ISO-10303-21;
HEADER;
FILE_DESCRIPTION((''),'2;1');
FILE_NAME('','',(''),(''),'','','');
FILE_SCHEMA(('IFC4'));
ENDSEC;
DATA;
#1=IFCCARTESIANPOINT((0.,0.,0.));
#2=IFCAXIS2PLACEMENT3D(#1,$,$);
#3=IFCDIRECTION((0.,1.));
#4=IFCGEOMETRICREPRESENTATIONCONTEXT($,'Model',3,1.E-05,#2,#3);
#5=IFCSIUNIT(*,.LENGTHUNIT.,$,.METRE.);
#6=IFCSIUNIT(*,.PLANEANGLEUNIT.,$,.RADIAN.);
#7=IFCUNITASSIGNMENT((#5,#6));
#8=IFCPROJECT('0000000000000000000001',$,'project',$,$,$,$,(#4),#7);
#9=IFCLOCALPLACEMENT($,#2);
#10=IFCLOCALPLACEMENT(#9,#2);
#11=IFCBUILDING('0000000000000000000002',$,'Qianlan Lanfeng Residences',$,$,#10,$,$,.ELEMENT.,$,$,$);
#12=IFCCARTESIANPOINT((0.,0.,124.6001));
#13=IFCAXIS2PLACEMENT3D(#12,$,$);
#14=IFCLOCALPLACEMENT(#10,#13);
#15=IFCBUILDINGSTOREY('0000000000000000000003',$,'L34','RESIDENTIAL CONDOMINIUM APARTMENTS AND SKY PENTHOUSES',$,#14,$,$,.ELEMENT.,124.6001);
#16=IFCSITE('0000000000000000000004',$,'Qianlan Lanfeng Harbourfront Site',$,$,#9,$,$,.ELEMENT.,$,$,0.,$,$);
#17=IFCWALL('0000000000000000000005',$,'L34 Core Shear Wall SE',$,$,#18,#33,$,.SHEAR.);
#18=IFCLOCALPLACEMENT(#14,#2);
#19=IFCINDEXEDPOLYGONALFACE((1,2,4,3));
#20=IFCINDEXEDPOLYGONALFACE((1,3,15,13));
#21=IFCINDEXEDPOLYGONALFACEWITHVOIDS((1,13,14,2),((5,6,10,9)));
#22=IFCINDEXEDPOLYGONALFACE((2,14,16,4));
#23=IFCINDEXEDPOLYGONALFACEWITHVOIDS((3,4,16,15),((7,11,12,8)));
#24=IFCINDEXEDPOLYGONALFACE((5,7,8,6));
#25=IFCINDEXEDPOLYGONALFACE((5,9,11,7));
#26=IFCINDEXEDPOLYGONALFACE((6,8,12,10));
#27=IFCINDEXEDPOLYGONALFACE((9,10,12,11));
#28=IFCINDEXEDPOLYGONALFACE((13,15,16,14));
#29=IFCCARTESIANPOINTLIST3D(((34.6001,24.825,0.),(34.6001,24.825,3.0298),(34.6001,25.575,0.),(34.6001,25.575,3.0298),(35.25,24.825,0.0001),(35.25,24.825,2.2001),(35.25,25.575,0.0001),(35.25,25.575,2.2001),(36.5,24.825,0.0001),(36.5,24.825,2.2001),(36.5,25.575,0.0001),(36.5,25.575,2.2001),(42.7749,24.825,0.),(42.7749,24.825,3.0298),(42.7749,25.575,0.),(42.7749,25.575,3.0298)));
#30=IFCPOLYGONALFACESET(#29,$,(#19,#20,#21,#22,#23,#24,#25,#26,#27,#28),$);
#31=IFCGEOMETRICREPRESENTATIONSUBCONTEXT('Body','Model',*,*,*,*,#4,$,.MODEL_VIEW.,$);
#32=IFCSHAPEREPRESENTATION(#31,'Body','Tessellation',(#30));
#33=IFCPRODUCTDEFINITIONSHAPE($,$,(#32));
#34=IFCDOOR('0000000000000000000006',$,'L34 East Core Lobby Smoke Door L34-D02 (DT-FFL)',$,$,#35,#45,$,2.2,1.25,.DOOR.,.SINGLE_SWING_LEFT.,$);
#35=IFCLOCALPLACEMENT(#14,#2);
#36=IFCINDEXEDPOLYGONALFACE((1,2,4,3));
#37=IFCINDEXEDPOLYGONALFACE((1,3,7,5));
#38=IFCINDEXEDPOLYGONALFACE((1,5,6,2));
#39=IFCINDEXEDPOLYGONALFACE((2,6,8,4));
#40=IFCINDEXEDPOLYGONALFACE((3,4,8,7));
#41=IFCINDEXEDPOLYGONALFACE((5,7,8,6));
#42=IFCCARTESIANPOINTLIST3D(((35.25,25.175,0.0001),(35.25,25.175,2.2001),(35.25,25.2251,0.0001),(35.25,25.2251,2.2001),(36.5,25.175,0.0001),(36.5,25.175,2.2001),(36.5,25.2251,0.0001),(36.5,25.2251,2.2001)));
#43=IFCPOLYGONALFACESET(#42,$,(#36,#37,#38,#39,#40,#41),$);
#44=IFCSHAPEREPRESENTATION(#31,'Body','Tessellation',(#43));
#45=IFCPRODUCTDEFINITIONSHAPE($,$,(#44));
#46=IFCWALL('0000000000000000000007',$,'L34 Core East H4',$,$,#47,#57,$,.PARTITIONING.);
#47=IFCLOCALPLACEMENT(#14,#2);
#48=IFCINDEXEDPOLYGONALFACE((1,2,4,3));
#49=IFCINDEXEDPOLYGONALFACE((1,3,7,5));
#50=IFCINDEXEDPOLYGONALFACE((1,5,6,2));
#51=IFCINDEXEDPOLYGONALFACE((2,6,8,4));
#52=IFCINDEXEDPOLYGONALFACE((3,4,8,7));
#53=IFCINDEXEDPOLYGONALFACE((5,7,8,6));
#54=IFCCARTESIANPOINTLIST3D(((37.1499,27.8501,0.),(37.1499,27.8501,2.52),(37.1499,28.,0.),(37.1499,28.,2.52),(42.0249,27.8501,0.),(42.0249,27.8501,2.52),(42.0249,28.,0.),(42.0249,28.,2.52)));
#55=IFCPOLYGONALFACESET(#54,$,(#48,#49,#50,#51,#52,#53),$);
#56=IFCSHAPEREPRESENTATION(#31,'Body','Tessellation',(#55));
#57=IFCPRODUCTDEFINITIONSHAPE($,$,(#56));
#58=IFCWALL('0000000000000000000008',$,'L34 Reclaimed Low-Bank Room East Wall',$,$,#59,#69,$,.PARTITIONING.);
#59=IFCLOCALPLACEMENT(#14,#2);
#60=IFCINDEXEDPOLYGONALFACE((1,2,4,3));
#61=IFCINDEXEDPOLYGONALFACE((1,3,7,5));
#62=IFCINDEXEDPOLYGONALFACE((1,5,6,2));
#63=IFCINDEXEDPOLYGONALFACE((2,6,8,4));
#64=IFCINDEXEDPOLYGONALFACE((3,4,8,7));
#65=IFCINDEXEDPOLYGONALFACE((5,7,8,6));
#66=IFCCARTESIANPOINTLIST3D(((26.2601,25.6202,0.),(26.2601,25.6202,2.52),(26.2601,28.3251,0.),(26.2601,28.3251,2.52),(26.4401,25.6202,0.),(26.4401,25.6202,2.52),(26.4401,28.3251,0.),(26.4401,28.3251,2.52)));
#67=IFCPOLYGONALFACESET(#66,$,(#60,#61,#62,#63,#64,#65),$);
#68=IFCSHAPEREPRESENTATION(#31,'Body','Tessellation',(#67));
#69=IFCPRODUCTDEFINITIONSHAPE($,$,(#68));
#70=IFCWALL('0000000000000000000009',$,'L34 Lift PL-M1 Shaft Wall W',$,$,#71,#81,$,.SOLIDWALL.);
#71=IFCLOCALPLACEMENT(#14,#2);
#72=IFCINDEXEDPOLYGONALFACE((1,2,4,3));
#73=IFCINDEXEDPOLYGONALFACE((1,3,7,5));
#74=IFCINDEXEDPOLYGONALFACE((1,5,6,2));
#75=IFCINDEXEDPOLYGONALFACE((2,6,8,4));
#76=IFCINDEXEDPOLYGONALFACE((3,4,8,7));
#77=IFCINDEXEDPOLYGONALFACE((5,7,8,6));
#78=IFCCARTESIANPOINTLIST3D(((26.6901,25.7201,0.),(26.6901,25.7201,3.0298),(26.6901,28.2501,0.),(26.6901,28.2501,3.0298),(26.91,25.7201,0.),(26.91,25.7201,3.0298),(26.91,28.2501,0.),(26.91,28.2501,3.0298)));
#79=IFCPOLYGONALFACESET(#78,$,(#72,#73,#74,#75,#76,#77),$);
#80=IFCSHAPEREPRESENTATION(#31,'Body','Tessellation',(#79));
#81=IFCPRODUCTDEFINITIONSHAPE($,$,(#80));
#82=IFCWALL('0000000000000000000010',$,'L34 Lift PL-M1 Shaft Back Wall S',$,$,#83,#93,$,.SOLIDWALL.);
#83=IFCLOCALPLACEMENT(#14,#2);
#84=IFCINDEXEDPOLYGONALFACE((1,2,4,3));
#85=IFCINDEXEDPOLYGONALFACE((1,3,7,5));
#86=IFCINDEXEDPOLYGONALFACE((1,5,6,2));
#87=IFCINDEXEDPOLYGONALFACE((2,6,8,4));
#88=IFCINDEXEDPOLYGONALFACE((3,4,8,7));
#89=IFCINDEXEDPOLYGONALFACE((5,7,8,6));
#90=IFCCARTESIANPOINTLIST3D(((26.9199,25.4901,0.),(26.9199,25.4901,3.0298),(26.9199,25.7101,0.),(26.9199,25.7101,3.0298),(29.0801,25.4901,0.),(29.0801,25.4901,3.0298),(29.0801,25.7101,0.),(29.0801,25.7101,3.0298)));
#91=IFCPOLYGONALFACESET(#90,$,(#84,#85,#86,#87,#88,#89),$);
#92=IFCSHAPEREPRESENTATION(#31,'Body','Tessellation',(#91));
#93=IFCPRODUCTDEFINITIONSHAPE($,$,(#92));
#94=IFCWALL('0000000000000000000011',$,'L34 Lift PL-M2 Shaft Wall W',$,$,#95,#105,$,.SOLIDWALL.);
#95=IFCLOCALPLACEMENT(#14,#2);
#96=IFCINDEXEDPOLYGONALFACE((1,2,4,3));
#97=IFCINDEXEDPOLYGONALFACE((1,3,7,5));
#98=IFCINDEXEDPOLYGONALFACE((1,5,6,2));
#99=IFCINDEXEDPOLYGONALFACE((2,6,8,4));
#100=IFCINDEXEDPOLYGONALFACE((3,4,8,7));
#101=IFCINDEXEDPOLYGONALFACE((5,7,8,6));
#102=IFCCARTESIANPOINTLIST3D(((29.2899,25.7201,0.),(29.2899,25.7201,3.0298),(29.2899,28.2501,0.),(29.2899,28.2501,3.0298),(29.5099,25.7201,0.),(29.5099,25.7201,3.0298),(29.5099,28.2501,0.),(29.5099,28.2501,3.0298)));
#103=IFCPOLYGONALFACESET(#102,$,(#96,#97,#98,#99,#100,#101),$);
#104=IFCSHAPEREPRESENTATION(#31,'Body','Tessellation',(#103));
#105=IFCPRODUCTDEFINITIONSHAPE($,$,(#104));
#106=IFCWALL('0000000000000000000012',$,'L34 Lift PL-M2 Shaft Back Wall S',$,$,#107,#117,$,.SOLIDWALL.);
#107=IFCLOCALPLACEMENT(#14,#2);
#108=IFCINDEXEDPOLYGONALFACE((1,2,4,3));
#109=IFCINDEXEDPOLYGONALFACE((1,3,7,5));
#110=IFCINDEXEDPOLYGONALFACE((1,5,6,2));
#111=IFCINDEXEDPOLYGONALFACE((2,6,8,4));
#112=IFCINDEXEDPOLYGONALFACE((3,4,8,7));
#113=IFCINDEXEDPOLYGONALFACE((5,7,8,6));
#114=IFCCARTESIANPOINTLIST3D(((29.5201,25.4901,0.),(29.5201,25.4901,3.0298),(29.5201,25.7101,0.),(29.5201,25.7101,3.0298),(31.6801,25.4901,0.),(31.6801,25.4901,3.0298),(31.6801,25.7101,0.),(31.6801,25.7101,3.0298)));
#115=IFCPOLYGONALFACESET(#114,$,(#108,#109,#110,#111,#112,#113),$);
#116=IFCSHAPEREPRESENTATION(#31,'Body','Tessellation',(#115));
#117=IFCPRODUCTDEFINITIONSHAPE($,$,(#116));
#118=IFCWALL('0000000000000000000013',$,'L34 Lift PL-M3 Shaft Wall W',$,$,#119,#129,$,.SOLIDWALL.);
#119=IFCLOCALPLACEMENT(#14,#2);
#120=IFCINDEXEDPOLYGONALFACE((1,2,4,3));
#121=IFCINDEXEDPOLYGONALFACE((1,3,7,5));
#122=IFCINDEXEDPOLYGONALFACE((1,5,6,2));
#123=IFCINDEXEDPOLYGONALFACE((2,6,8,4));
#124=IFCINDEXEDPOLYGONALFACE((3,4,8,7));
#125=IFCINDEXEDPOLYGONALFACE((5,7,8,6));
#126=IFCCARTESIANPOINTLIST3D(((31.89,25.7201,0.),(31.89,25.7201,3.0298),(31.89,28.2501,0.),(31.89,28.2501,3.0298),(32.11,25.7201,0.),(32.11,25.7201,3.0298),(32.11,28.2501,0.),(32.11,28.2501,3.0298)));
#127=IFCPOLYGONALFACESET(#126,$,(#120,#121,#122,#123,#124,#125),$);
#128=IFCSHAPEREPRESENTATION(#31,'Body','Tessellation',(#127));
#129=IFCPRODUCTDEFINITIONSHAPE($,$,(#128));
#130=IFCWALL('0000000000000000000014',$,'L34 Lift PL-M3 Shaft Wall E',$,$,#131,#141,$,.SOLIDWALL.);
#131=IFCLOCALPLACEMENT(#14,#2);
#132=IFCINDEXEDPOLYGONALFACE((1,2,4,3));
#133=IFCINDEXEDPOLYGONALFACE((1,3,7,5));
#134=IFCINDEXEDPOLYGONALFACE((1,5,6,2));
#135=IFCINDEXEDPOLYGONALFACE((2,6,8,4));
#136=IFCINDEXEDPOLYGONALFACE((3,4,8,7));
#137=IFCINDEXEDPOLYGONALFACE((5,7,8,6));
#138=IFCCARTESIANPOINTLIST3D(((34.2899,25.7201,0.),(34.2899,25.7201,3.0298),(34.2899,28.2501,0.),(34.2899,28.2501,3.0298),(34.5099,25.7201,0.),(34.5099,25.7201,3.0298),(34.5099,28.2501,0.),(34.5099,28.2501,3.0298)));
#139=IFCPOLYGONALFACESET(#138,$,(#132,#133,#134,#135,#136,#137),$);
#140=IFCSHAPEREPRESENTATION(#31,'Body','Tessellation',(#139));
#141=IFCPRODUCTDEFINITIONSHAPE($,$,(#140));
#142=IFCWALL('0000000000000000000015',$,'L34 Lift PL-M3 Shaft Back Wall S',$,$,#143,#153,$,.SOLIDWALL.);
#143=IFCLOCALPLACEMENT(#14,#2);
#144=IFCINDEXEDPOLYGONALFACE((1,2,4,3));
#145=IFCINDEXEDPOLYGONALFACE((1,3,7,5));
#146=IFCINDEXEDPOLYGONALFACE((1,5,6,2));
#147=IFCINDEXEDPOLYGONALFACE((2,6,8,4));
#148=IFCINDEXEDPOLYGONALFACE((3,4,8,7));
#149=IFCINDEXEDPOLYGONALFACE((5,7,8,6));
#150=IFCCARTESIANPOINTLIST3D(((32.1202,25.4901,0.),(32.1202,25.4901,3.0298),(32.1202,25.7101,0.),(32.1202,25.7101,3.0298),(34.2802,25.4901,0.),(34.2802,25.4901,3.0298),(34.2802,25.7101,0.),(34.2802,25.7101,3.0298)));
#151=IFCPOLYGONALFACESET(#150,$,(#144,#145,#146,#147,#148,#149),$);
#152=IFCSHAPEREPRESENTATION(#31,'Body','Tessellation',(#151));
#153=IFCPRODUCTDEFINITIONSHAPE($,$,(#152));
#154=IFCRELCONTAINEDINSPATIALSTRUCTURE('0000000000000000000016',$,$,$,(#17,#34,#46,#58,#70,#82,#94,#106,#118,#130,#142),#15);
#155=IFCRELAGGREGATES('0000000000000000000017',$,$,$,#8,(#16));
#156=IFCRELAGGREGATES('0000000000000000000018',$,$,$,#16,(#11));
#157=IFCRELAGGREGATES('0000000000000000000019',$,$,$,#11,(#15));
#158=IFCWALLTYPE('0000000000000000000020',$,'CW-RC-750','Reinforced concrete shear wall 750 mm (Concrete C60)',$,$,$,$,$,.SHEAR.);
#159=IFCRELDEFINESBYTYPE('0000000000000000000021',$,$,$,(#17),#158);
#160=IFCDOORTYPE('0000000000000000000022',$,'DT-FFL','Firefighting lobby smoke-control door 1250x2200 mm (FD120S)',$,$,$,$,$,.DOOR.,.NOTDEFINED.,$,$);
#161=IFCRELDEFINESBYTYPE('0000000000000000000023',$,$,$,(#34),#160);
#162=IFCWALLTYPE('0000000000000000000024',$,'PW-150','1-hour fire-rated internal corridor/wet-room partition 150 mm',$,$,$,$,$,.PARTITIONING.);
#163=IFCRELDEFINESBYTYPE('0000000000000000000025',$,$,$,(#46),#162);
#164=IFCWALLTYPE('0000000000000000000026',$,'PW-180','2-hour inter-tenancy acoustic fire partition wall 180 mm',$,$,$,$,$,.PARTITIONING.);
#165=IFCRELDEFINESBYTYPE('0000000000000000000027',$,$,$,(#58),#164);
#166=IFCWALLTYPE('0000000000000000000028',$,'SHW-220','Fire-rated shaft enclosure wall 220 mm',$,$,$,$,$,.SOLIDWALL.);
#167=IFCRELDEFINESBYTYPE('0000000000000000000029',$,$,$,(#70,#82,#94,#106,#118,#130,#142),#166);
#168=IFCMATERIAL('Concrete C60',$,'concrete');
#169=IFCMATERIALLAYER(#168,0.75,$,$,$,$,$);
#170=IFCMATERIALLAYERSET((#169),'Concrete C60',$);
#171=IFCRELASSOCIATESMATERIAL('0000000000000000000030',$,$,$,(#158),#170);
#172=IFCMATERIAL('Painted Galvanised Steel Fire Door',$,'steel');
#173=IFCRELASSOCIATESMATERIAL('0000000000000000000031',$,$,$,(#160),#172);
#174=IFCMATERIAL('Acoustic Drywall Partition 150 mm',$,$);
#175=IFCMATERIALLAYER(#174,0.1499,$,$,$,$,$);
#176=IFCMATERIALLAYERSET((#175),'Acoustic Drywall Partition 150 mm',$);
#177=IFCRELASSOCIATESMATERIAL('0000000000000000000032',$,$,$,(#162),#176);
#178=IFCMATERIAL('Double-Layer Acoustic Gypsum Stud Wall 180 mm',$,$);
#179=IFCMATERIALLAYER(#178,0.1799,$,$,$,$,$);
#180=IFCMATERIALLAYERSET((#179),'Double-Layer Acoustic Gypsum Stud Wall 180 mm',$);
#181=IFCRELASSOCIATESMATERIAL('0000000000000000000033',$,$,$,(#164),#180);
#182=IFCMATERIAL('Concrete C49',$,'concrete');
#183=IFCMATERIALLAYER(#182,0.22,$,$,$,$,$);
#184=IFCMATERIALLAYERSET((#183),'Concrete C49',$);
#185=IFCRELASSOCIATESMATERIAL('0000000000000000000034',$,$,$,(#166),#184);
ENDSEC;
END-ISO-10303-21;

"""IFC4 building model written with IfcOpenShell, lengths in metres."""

from ifc_helpers import new_model, si_unit, direction, frame, frame_2d, origin, place, context, subcontext, project, spatial, rectangle, extrude, material, layer, layer_set, type_object, element, fill, save


model = new_model("IFC4")

# Units and contexts
model_context = context("Model", 3, precision=1e-05, world=origin(), true_north=direction((0.0, 1.0)))
body_context = subcontext(model_context, "Body", "Model", "MODEL_VIEW")
ifc_project = project(units=[si_unit("LENGTHUNIT", "METRE"), si_unit("PLANEANGLEUNIT", "RADIAN")], contexts=[model_context])

# Site, building, storey
site_placement = place(None, origin())
site = spatial("IfcSite", under=ifc_project, at=site_placement, Name="Qianlan Lanfeng Harbourfront Site", CompositionType="ELEMENT", RefElevation=0.0)
building_placement = place(site_placement, origin())
building = spatial("IfcBuilding", under=site, at=building_placement, Name="Qianlan Lanfeng Residences", CompositionType="ELEMENT")
storey_placement = place(building_placement, frame((0.0, 0.0, 124.6001)))
storey = spatial("IfcBuildingStorey", under=building, at=storey_placement, Name="L34", Description="RESIDENTIAL CONDOMINIUM APARTMENTS AND SKY PENTHOUSES", CompositionType="ELEMENT", Elevation=124.6001)

# Wall, opening, door
ifc_material_1 = material(Name="Concrete C60", Category="concrete")
ifc_layer_1 = layer(ifc_material_1, 0.75)
ifc_layer_set_1 = layer_set([ifc_layer_1], Name="Concrete C60")
wall_type_1 = type_object("IfcWallType", Name="CW-RC-750", Description="Reinforced concrete shear wall 750 mm (Concrete C60)", PredefinedType="SHEAR", material=ifc_layer_set_1)
wall_1_placement = place(storey_placement, frame((34.6001, 25.2, 0.0), z_axis=(0.0, 0.0, 1.0), x_axis=(1.0, 0.0, 0.0)))
wall_1 = element("IfcWall", 1, at=wall_1_placement, inside=storey, type_object=wall_type_1, Name="L34 Core Shear Wall SE", PredefinedType="SHEAR", context=body_context, shape_type="SweptSolid", body=[
    extrude(rectangle(XDim=8.1748, YDim=0.75, at=frame_2d((4.0874, 0.0))), origin(), (0.0, 0.0, 1.0), 3.0298),
])
opening_1_placement = place(wall_1_placement, frame((0.6499, 0.0, 0.0)))
opening_1 = element("IfcOpeningElement", 2, at=opening_1_placement, cuts=wall_1, PredefinedType="OPENING", context=body_context, shape_type="SweptSolid", body=[
    extrude(rectangle(XDim=1.25, YDim=2.2, at=frame_2d((0.625, 1.1001))), frame((0.0, 0.385, 0.0), z_axis=(0.0, -1.0, 0.0), x_axis=(1.0, 0.0, 0.0)), (0.0, 0.0, 1.0), 0.77),
])
ifc_material_2 = material(Name="Painted Galvanised Steel Fire Door", Category="steel")
door_type_1 = type_object("IfcDoorType", Name="DT-FFL", Description="Firefighting lobby smoke-control door 1250x2200 mm (FD120S)", OperationType="NOTDEFINED", PredefinedType="DOOR", material=ifc_material_2)
door_1_placement = place(opening_1_placement, frame((1.25, 0.0, 0.0), z_axis=(0.0, 0.0, 1.0), x_axis=(-1.0, 0.0, 0.0)))
door_1 = element("IfcDoor", 3, at=door_1_placement, inside=storey, type_object=door_type_1, Name="L34 East Core Lobby Smoke Door L34-D02 (DT-FFL)", OperationType="SINGLE_SWING_LEFT", OverallHeight=2.2, OverallWidth=1.25, PredefinedType="DOOR", context=body_context, shape_type="SweptSolid", body=[
    extrude(rectangle(XDim=1.25, YDim=2.2, at=frame_2d((0.625, 1.1001))), frame((0.0, 0.0249, 0.0), z_axis=(0.0, -1.0, 0.0), x_axis=(1.0, 0.0, 0.0)), (0.0, 0.0, 1.0), 0.05),
])
fill(opening_1, door_1)

# Wall
ifc_material_3 = material(Name="Acoustic Drywall Partition 150 mm")
ifc_layer_2 = layer(ifc_material_3, 0.1499)
ifc_layer_set_2 = layer_set([ifc_layer_2], Name="Acoustic Drywall Partition 150 mm")
wall_type_2 = type_object("IfcWallType", Name="PW-150", Description="1-hour fire-rated internal corridor/wet-room partition 150 mm", PredefinedType="PARTITIONING", material=ifc_layer_set_2)
wall_2_placement = place(storey_placement, frame((37.1499, 27.925, 0.0), z_axis=(0.0, 0.0, 1.0), x_axis=(1.0, 0.0, 0.0)))
element("IfcWall", 4, at=wall_2_placement, inside=storey, type_object=wall_type_2, Name="L34 Core East H4", PredefinedType="PARTITIONING", context=body_context, shape_type="SweptSolid", body=[
    extrude(rectangle(XDim=4.875, YDim=0.1499, at=frame_2d((2.4375, 0.0))), origin(), (0.0, 0.0, 1.0), 2.52),
])

# Shared definitions
ifc_material_4 = material(Name="Double-Layer Acoustic Gypsum Stud Wall 180 mm")
ifc_layer_3 = layer(ifc_material_4, 0.1799)
ifc_layer_set_3 = layer_set([ifc_layer_3], Name="Double-Layer Acoustic Gypsum Stud Wall 180 mm")
wall_type_3 = type_object("IfcWallType", Name="PW-180", Description="2-hour inter-tenancy acoustic fire partition wall 180 mm", PredefinedType="PARTITIONING", material=ifc_layer_set_3)

# Walls
wall_3_placement = place(storey_placement, frame((26.3501, 25.6201, 0.0), z_axis=(0.0, 0.0, 1.0), x_axis=(0.0, 1.0, 0.0)))
element("IfcWall", 5, at=wall_3_placement, inside=storey, type_object=wall_type_3, Name="L34 Reclaimed Low-Bank Room East Wall", PredefinedType="PARTITIONING", context=body_context, shape_type="SweptSolid", body=[
    extrude(rectangle(XDim=2.7048, YDim=0.1799, at=frame_2d((1.3525, 0.0))), origin(), (0.0, 0.0, 1.0), 2.52),
])
ifc_material_5 = material(Name="Concrete C49", Category="concrete")
ifc_layer_4 = layer(ifc_material_5, 0.22)
ifc_layer_set_4 = layer_set([ifc_layer_4], Name="Concrete C49")
wall_type_4 = type_object("IfcWallType", Name="SHW-220", Description="Fire-rated shaft enclosure wall 220 mm", PredefinedType="SOLIDWALL", material=ifc_layer_set_4)
wall_4_placement = place(storey_placement, frame((26.8, 25.72, 0.0), z_axis=(0.0, 0.0, 1.0), x_axis=(0.0, 1.0, 0.0)))
element("IfcWall", 6, at=wall_4_placement, inside=storey, type_object=wall_type_4, Name="L34 Lift PL-M1 Shaft Wall W", PredefinedType="SOLIDWALL", context=body_context, shape_type="SweptSolid", body=[
    extrude(rectangle(XDim=2.53, YDim=0.22, at=frame_2d((1.2651, 0.0))), origin(), (0.0, 0.0, 1.0), 3.0298),
])
wall_5_placement = place(storey_placement, frame((26.9199, 25.6001, 0.0), z_axis=(0.0, 0.0, 1.0), x_axis=(1.0, 0.0, 0.0)))
element("IfcWall", 7, at=wall_5_placement, inside=storey, type_object=wall_type_4, Name="L34 Lift PL-M1 Shaft Back Wall S", PredefinedType="SOLIDWALL", context=body_context, shape_type="SweptSolid", body=[
    extrude(rectangle(XDim=2.1602, YDim=0.22, at=frame_2d((1.0801, 0.0))), origin(), (0.0, 0.0, 1.0), 3.0298),
])
wall_6_placement = place(storey_placement, frame((29.3999, 25.72, 0.0), z_axis=(0.0, 0.0, 1.0), x_axis=(0.0, 1.0, 0.0)))
element("IfcWall", 8, at=wall_6_placement, inside=storey, type_object=wall_type_4, Name="L34 Lift PL-M2 Shaft Wall W", PredefinedType="SOLIDWALL", context=body_context, shape_type="SweptSolid", body=[
    extrude(rectangle(XDim=2.53, YDim=0.22, at=frame_2d((1.2651, 0.0))), origin(), (0.0, 0.0, 1.0), 3.0298),
])
wall_7_placement = place(storey_placement, frame((29.52, 25.6001, 0.0), z_axis=(0.0, 0.0, 1.0), x_axis=(1.0, 0.0, 0.0)))
element("IfcWall", 9, at=wall_7_placement, inside=storey, type_object=wall_type_4, Name="L34 Lift PL-M2 Shaft Back Wall S", PredefinedType="SOLIDWALL", context=body_context, shape_type="SweptSolid", body=[
    extrude(rectangle(XDim=2.1599, YDim=0.22, at=frame_2d((1.0801, 0.0))), origin(), (0.0, 0.0, 1.0), 3.0298),
])
for number, where, z_axis, x_axis, name in (
    (10, (32.0, 25.72, 0.0), (0.0, 0.0, 1.0), (0.0, 1.0, 0.0), "L34 Lift PL-M3 Shaft Wall W"),
    (11, (34.3999, 25.72, 0.0), (0.0, 0.0, 1.0), (0.0, 1.0, 0.0), "L34 Lift PL-M3 Shaft Wall E"),
):
    element("IfcWall", number, at=place(storey_placement, frame(where, z_axis=z_axis, x_axis=x_axis)), inside=storey, type_object=wall_type_4, Name=name, PredefinedType="SOLIDWALL", context=body_context, shape_type="SweptSolid", body=[
        extrude(rectangle(XDim=2.53, YDim=0.22, at=frame_2d((1.2651, 0.0))), origin(), (0.0, 0.0, 1.0), 3.0298),
    ])
wall_8_placement = place(storey_placement, frame((32.1201, 25.6001, 0.0), z_axis=(0.0, 0.0, 1.0), x_axis=(1.0, 0.0, 0.0)))
element("IfcWall", 12, at=wall_8_placement, inside=storey, type_object=wall_type_4, Name="L34 Lift PL-M3 Shaft Back Wall S", PredefinedType="SOLIDWALL", context=body_context, shape_type="SweptSolid", body=[
    extrude(rectangle(XDim=2.1599, YDim=0.22, at=frame_2d((1.0801, 0.0))), origin(), (0.0, 0.0, 1.0), 3.0298),
])

save(model, "model.ifc")
